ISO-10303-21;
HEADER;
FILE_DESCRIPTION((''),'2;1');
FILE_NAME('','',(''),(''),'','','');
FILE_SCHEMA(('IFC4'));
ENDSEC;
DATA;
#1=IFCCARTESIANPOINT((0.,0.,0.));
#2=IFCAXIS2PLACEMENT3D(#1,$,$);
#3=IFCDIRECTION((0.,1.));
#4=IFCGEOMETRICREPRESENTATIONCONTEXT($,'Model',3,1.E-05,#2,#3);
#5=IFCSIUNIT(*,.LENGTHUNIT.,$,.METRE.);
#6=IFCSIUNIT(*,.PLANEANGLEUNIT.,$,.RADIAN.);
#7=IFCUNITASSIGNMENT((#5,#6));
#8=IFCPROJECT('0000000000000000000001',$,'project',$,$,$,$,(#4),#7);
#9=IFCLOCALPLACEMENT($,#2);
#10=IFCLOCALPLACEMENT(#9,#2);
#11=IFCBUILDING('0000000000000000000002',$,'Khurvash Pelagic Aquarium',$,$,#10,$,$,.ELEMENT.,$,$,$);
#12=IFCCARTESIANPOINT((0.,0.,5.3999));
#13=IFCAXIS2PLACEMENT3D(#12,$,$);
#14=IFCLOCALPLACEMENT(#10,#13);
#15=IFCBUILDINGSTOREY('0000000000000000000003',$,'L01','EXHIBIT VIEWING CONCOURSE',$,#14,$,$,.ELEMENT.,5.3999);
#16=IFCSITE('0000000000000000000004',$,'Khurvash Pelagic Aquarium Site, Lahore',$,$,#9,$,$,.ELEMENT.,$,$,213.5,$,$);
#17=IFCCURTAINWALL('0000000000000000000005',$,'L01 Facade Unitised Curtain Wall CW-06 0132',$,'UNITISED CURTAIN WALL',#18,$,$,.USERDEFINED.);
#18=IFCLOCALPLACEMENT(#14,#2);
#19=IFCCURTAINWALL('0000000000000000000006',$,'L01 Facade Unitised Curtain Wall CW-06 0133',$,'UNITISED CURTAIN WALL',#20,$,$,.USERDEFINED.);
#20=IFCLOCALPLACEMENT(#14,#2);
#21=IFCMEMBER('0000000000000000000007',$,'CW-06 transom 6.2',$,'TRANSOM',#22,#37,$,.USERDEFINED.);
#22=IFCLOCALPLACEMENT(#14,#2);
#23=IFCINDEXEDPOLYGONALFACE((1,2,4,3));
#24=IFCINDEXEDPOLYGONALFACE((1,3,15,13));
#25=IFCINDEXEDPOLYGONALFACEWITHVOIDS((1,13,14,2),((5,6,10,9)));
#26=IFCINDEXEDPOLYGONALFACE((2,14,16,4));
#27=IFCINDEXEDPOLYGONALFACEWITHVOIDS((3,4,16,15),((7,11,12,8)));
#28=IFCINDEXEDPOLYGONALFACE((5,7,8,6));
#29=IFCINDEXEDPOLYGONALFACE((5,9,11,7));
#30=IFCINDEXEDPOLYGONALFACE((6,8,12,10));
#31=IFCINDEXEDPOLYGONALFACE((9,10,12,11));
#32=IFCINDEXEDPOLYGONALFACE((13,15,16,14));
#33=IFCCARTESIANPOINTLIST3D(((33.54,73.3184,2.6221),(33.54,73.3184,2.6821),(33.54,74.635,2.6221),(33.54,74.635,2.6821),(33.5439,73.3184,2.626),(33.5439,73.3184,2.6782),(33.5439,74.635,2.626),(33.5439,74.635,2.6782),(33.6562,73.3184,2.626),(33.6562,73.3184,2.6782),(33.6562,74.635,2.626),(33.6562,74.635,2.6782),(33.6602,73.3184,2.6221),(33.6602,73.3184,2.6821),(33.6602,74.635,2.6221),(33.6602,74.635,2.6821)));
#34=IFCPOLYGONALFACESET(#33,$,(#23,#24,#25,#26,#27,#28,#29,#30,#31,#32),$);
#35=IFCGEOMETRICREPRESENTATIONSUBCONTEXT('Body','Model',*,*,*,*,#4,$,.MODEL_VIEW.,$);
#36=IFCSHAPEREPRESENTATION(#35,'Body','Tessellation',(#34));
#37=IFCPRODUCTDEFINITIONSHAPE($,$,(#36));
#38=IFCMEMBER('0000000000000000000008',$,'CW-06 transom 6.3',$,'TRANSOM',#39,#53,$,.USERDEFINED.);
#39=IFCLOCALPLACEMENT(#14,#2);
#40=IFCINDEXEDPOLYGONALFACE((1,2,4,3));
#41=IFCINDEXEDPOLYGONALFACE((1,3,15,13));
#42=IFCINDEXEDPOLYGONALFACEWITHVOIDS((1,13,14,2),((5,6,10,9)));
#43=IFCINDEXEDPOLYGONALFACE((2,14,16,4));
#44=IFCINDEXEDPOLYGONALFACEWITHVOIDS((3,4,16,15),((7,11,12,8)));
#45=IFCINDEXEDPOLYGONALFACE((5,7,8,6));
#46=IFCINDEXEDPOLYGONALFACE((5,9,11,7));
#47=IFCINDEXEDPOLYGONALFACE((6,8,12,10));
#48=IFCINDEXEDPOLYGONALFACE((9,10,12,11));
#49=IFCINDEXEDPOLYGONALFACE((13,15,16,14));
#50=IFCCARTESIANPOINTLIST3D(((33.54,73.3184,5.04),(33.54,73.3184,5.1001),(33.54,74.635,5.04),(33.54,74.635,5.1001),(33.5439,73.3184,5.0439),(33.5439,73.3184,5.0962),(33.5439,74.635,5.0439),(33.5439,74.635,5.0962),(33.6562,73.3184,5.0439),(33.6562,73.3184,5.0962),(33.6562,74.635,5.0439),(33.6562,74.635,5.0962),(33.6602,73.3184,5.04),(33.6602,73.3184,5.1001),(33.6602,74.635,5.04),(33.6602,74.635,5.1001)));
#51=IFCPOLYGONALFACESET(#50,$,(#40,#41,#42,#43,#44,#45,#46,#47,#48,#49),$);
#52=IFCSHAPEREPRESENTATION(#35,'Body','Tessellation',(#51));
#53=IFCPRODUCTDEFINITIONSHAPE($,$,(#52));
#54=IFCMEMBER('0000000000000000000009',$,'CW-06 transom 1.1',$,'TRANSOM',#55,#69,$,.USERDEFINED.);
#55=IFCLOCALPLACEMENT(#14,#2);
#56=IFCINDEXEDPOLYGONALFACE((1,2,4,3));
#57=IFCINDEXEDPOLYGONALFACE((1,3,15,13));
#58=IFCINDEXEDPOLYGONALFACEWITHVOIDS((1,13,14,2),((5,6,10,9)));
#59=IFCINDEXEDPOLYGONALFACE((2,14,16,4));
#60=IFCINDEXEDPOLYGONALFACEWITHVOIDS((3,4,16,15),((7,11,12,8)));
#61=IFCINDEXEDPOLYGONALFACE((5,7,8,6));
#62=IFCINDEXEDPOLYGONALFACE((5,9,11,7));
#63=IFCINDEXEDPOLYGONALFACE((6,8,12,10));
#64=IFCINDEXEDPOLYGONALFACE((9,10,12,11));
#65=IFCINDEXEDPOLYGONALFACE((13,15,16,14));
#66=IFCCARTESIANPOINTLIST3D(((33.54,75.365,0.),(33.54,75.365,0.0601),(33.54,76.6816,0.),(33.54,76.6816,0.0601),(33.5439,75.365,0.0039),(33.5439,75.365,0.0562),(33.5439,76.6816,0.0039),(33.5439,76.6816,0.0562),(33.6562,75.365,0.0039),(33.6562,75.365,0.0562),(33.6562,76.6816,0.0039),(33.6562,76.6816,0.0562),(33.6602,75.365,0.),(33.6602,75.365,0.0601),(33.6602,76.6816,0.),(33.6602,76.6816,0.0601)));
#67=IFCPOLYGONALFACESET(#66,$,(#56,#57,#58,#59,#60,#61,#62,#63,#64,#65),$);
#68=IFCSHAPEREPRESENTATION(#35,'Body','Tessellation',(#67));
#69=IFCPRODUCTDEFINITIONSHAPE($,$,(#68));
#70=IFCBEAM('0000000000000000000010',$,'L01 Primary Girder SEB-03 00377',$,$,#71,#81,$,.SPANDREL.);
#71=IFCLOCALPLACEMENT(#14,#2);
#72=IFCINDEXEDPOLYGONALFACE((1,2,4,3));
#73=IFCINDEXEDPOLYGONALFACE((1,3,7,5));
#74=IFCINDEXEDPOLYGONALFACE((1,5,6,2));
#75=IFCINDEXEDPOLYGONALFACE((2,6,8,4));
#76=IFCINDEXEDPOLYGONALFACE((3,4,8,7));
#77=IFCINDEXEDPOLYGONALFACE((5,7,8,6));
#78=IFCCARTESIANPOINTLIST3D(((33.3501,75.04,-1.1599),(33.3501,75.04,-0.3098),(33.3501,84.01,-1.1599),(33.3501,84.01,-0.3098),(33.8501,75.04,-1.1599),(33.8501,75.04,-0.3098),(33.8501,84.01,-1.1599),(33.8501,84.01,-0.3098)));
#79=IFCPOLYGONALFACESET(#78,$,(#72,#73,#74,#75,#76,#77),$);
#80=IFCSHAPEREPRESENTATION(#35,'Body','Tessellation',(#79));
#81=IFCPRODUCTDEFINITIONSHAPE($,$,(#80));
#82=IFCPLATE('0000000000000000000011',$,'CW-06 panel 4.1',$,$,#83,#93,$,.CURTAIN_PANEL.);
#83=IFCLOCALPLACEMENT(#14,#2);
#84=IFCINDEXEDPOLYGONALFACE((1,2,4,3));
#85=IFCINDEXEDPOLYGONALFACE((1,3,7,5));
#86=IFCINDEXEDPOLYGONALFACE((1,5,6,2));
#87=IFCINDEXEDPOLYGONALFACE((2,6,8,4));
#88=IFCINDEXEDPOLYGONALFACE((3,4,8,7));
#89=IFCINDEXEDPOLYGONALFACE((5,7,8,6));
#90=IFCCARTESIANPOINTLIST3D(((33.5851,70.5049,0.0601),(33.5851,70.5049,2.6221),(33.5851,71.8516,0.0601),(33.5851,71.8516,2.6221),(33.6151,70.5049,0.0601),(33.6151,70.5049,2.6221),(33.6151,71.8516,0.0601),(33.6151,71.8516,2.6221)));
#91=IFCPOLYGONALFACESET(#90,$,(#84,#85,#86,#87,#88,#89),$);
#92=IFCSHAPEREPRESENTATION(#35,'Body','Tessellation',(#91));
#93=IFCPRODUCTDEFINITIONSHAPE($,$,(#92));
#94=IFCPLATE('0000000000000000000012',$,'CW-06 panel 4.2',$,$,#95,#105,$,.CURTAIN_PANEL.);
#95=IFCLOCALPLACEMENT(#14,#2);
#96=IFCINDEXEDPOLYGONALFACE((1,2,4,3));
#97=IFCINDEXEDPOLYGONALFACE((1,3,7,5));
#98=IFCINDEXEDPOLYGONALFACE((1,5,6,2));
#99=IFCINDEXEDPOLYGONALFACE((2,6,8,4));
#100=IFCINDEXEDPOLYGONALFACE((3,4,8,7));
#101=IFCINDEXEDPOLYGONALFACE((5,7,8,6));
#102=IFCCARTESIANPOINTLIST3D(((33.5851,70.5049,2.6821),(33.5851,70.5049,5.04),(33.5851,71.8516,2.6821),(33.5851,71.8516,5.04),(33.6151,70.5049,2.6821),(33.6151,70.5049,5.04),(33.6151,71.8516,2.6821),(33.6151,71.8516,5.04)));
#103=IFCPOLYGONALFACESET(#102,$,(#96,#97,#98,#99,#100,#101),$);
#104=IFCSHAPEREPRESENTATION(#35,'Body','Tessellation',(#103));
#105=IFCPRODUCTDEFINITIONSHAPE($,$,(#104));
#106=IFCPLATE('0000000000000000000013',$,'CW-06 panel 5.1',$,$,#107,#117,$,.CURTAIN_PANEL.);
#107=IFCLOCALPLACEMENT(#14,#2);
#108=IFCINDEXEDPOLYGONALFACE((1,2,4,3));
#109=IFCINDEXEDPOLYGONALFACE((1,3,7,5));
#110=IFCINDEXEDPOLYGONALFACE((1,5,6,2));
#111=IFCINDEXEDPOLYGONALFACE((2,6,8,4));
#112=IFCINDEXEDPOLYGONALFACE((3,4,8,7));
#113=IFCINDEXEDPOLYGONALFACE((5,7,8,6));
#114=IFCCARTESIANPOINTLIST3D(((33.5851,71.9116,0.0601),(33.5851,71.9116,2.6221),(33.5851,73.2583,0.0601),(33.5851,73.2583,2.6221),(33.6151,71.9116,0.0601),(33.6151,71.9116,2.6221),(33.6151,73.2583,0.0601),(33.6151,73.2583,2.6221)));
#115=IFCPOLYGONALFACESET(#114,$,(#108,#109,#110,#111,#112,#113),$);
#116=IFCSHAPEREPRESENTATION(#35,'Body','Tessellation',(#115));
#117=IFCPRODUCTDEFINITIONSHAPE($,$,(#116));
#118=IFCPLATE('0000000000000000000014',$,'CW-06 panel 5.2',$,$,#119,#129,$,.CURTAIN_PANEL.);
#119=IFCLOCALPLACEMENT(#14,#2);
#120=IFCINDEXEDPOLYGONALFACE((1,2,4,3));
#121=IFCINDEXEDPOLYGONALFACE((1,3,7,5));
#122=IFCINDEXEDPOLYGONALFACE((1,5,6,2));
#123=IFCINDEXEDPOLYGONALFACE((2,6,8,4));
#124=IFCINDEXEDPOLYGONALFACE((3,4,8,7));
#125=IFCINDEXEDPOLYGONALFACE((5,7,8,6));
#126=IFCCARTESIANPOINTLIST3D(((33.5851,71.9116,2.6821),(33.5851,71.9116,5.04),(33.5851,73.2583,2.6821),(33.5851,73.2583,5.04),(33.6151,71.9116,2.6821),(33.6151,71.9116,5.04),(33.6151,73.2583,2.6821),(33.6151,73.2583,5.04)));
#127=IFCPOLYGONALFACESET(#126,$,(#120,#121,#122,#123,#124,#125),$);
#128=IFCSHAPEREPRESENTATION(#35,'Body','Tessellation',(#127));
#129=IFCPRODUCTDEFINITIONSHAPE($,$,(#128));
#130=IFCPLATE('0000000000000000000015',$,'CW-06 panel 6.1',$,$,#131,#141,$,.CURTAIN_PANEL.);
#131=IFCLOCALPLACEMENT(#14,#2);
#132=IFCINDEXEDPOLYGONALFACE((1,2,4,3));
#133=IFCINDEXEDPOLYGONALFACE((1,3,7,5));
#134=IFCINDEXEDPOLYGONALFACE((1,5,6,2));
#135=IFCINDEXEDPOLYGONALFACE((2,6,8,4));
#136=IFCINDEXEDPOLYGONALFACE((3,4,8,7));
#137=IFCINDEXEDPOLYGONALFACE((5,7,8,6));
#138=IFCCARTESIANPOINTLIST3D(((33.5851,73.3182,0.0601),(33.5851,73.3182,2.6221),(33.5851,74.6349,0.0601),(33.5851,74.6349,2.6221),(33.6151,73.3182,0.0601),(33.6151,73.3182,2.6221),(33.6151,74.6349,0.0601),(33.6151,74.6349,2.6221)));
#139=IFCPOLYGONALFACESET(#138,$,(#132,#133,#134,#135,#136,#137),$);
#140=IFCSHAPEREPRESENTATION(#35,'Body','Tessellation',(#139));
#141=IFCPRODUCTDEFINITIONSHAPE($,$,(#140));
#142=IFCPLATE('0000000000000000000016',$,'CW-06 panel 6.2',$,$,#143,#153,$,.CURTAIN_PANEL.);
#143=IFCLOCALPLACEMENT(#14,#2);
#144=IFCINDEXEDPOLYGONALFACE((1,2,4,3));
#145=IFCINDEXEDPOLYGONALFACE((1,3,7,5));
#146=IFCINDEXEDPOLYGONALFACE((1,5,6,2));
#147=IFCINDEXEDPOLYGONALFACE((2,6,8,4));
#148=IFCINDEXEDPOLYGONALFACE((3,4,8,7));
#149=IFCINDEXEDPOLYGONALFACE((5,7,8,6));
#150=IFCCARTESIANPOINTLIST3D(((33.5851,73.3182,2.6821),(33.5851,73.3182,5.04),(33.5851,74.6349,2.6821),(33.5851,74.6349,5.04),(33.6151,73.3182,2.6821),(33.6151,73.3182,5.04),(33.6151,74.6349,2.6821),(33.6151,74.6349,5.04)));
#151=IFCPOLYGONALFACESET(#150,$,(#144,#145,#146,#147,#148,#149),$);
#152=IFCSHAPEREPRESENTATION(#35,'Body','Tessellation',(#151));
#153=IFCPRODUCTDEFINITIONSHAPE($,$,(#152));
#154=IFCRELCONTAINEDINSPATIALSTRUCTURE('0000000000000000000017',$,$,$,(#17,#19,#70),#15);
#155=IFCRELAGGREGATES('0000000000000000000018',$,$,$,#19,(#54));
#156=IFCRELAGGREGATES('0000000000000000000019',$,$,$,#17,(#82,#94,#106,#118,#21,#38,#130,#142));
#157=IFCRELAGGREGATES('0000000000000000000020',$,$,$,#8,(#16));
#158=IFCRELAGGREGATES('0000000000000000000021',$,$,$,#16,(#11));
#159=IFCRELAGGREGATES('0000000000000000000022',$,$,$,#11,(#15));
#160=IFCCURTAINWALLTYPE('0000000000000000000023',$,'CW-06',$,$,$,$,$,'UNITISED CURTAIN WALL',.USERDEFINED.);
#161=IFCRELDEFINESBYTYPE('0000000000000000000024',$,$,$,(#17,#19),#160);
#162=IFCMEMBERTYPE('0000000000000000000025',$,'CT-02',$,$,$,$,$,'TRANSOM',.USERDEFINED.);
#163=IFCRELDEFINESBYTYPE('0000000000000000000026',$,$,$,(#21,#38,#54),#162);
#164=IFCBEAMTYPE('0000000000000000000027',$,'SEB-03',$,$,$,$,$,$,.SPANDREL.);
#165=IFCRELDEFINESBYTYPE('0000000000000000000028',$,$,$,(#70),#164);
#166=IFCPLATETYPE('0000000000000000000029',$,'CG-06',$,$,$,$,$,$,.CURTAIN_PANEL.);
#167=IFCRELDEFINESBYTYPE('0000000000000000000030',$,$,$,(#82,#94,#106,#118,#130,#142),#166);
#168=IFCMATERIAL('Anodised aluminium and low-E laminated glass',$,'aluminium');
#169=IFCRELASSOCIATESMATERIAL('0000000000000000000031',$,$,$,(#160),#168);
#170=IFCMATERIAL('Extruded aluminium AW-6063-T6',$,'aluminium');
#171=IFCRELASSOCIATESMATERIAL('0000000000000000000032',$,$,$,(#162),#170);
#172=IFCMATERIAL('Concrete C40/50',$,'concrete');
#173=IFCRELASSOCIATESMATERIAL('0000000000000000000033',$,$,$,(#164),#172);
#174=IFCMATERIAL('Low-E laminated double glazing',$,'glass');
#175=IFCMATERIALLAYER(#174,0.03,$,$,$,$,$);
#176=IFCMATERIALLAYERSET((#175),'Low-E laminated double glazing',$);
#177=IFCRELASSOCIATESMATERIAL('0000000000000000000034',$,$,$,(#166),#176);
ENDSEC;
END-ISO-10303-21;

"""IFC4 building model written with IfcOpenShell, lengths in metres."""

from ifc_helpers import new_model, si_unit, direction, frame, origin, origin_2d, place, context, subcontext, project, spatial, rectangle, hollow_rectangle, extrude, material, layer, layer_set, material_profile, profile_set, type_object, element, aggregate, save


model = new_model("IFC4")

# Units and contexts
model_context = context("Model", 3, precision=1e-05, world=origin(), true_north=direction((0.0, 1.0)))
body_context = subcontext(model_context, "Body", "Model", "MODEL_VIEW")
ifc_project = project(units=[si_unit("LENGTHUNIT", "METRE"), si_unit("PLANEANGLEUNIT", "RADIAN")], contexts=[model_context])

# Site, building, storey
site_placement = place(None, origin())
site = spatial("IfcSite", under=ifc_project, at=site_placement, Name="Khurvash Pelagic Aquarium Site, Lahore", CompositionType="ELEMENT", RefElevation=213.5)
building_placement = place(site_placement, origin())
building = spatial("IfcBuilding", under=site, at=building_placement, Name="Khurvash Pelagic Aquarium", CompositionType="ELEMENT")
storey_placement = place(building_placement, frame((0.0, 0.0, 5.3999)))
storey = spatial("IfcBuildingStorey", under=building, at=storey_placement, Name="L01", Description="EXHIBIT VIEWING CONCOURSE", CompositionType="ELEMENT", Elevation=5.3999)

# Shared definitions
ifc_material_1 = material(Name="Concrete C40/50", Category="concrete")

# Curtain wall
ifc_material_2 = material(Name="Anodised aluminium and low-E laminated glass", Category="aluminium")
curtain_wall_type = type_object("IfcCurtainWallType", Name="CW-06", ElementType="UNITISED CURTAIN WALL", PredefinedType="USERDEFINED", material=ifc_material_2)
curtain_wall_1_placement = place(storey_placement, origin())
curtain_wall_1 = element("IfcCurtainWall", 1, at=curtain_wall_1_placement, inside=storey, type_object=curtain_wall_type, Name="L01 Facade Unitised Curtain Wall CW-06 0132", ObjectType="UNITISED CURTAIN WALL", PredefinedType="USERDEFINED")
ifc_material_3 = material(Name="Extruded aluminium AW-6063-T6", Category="aluminium")

# Curtain wall
curtain_wall_2_placement = place(storey_placement, origin())
curtain_wall_2 = element("IfcCurtainWall", 2, at=curtain_wall_2_placement, inside=storey, type_object=curtain_wall_type, Name="L01 Facade Unitised Curtain Wall CW-06 0133", ObjectType="UNITISED CURTAIN WALL", PredefinedType="USERDEFINED")

# Members
ifc_material_profile_1 = material_profile(ifc_material_3, hollow_rectangle(XDim=0.1201, YDim=0.0601, WallThickness=0.0039, at=origin_2d()), Name="CWT120X60X4")
ifc_profile_set_1 = profile_set([ifc_material_profile_1], Name="Extruded aluminium AW-6063-T6")
member_type_1 = type_object("IfcMemberType", Name="CT-02", ElementType="TRANSOM", PredefinedType="USERDEFINED", material=ifc_profile_set_1)
member_1_placement = place(storey_placement, frame((33.6001, 73.3184, 2.6521), z_axis=(0.0, 1.0, 0.0), x_axis=(-1.0, 0.0, 0.0)))
member_1 = element("IfcMember", 3, at=member_1_placement, type_object=member_type_1, Name="CW-06 transom 6.2", ObjectType="TRANSOM", PredefinedType="USERDEFINED", context=body_context, shape_type="SweptSolid", body=[
    extrude(hollow_rectangle(XDim=0.1201, YDim=0.0601, WallThickness=0.0039, at=origin_2d()), origin(), (0.0, 0.0, 1.0), 1.3167),
])
member_2_placement = place(storey_placement, frame((33.6001, 73.3184, 5.0701), z_axis=(0.0, 1.0, 0.0), x_axis=(-1.0, 0.0, 0.0)))
member_2 = element("IfcMember", 4, at=member_2_placement, type_object=member_type_1, Name="CW-06 transom 6.3", ObjectType="TRANSOM", PredefinedType="USERDEFINED", context=body_context, shape_type="SweptSolid", body=[
    extrude(hollow_rectangle(XDim=0.1201, YDim=0.0601, WallThickness=0.0039, at=origin_2d()), origin(), (0.0, 0.0, 1.0), 1.3167),
])
member_3_placement = place(storey_placement, frame((33.6001, 75.365, 0.03), z_axis=(0.0, 1.0, 0.0), x_axis=(-1.0, 0.0, 0.0)))
member_3 = element("IfcMember", 5, at=member_3_placement, type_object=member_type_1, Name="CW-06 transom 1.1", ObjectType="TRANSOM", PredefinedType="USERDEFINED", context=body_context, shape_type="SweptSolid", body=[
    extrude(hollow_rectangle(XDim=0.1201, YDim=0.0601, WallThickness=0.0039, at=origin_2d()), origin(), (0.0, 0.0, 1.0), 1.3167),
])
aggregate(curtain_wall_2, [member_3])

# Beam
ifc_material_profile_2 = material_profile(ifc_material_1, rectangle(XDim=0.5, YDim=0.8501, at=origin_2d()), Name="RC500X850")
ifc_profile_set_2 = profile_set([ifc_material_profile_2], Name="Concrete C40/50")
beam_type = type_object("IfcBeamType", Name="SEB-03", PredefinedType="SPANDREL", material=ifc_profile_set_2)
beam_placement = place(storey_placement, frame((33.6001, 75.04, -0.7349), z_axis=(0.0, 1.0, 0.0), x_axis=(-1.0, 0.0, 0.0)))
element("IfcBeam", 6, at=beam_placement, inside=storey, type_object=beam_type, Name="L01 Primary Girder SEB-03 00377", PredefinedType="SPANDREL", context=body_context, shape_type="SweptSolid", body=[
    extrude(rectangle(XDim=0.5, YDim=0.8501, at=origin_2d()), origin(), (0.0, 0.0, 1.0), 8.97),
])

# Plates
ifc_material_4 = material(Name="Low-E laminated double glazing", Category="glass")
ifc_layer = layer(ifc_material_4, 0.03)
ifc_layer_set = layer_set([ifc_layer], Name="Low-E laminated double glazing")
plate_type = type_object("IfcPlateType", Name="CG-06", PredefinedType="CURTAIN_PANEL", material=ifc_layer_set)
plate_1_placement = place(storey_placement, frame((33.6001, 71.1782, 0.0601), z_axis=(0.0, 0.0, 1.0), x_axis=(0.0, 1.0, 0.0)))
plate_1 = element("IfcPlate", 7, at=plate_1_placement, type_object=plate_type, Name="CW-06 panel 4.1", PredefinedType="CURTAIN_PANEL", context=body_context, shape_type="SweptSolid", body=[
    extrude(rectangle(XDim=1.3467, YDim=0.03, at=origin_2d()), origin(), (0.0, 0.0, 1.0), 2.562),
])
plate_2_placement = place(storey_placement, frame((33.6001, 71.1782, 2.6821), z_axis=(0.0, 0.0, 1.0), x_axis=(0.0, 1.0, 0.0)))
plate_2 = element("IfcPlate", 8, at=plate_2_placement, type_object=plate_type, Name="CW-06 panel 4.2", PredefinedType="CURTAIN_PANEL", context=body_context, shape_type="SweptSolid", body=[
    extrude(rectangle(XDim=1.3467, YDim=0.03, at=origin_2d()), origin(), (0.0, 0.0, 1.0), 2.3579),
])
plate_3_placement = place(storey_placement, frame((33.6001, 72.585, 0.0601), z_axis=(0.0, 0.0, 1.0), x_axis=(0.0, 1.0, 0.0)))
plate_3 = element("IfcPlate", 9, at=plate_3_placement, type_object=plate_type, Name="CW-06 panel 5.1", PredefinedType="CURTAIN_PANEL", context=body_context, shape_type="SweptSolid", body=[
    extrude(rectangle(XDim=1.3467, YDim=0.03, at=origin_2d()), origin(), (0.0, 0.0, 1.0), 2.562),
])
plate_4_placement = place(storey_placement, frame((33.6001, 72.585, 2.6821), z_axis=(0.0, 0.0, 1.0), x_axis=(0.0, 1.0, 0.0)))
plate_4 = element("IfcPlate", 10, at=plate_4_placement, type_object=plate_type, Name="CW-06 panel 5.2", PredefinedType="CURTAIN_PANEL", context=body_context, shape_type="SweptSolid", body=[
    extrude(rectangle(XDim=1.3467, YDim=0.03, at=origin_2d()), origin(), (0.0, 0.0, 1.0), 2.3579),
])
plate_5_placement = place(storey_placement, frame((33.6001, 73.9766, 0.0601), z_axis=(0.0, 0.0, 1.0), x_axis=(0.0, 1.0, 0.0)))
plate_5 = element("IfcPlate", 11, at=plate_5_placement, type_object=plate_type, Name="CW-06 panel 6.1", PredefinedType="CURTAIN_PANEL", context=body_context, shape_type="SweptSolid", body=[
    extrude(rectangle(XDim=1.3167, YDim=0.03, at=origin_2d()), origin(), (0.0, 0.0, 1.0), 2.562),
])
plate_6_placement = place(storey_placement, frame((33.6001, 73.9766, 2.6821), z_axis=(0.0, 0.0, 1.0), x_axis=(0.0, 1.0, 0.0)))
plate_6 = element("IfcPlate", 12, at=plate_6_placement, type_object=plate_type, Name="CW-06 panel 6.2", PredefinedType="CURTAIN_PANEL", context=body_context, shape_type="SweptSolid", body=[
    extrude(rectangle(XDim=1.3167, YDim=0.03, at=origin_2d()), origin(), (0.0, 0.0, 1.0), 2.3579),
])
aggregate(curtain_wall_1, [plate_1, plate_2, plate_3, plate_4, member_1, member_2, plate_5, plate_6])

save(model, "model.ifc")
